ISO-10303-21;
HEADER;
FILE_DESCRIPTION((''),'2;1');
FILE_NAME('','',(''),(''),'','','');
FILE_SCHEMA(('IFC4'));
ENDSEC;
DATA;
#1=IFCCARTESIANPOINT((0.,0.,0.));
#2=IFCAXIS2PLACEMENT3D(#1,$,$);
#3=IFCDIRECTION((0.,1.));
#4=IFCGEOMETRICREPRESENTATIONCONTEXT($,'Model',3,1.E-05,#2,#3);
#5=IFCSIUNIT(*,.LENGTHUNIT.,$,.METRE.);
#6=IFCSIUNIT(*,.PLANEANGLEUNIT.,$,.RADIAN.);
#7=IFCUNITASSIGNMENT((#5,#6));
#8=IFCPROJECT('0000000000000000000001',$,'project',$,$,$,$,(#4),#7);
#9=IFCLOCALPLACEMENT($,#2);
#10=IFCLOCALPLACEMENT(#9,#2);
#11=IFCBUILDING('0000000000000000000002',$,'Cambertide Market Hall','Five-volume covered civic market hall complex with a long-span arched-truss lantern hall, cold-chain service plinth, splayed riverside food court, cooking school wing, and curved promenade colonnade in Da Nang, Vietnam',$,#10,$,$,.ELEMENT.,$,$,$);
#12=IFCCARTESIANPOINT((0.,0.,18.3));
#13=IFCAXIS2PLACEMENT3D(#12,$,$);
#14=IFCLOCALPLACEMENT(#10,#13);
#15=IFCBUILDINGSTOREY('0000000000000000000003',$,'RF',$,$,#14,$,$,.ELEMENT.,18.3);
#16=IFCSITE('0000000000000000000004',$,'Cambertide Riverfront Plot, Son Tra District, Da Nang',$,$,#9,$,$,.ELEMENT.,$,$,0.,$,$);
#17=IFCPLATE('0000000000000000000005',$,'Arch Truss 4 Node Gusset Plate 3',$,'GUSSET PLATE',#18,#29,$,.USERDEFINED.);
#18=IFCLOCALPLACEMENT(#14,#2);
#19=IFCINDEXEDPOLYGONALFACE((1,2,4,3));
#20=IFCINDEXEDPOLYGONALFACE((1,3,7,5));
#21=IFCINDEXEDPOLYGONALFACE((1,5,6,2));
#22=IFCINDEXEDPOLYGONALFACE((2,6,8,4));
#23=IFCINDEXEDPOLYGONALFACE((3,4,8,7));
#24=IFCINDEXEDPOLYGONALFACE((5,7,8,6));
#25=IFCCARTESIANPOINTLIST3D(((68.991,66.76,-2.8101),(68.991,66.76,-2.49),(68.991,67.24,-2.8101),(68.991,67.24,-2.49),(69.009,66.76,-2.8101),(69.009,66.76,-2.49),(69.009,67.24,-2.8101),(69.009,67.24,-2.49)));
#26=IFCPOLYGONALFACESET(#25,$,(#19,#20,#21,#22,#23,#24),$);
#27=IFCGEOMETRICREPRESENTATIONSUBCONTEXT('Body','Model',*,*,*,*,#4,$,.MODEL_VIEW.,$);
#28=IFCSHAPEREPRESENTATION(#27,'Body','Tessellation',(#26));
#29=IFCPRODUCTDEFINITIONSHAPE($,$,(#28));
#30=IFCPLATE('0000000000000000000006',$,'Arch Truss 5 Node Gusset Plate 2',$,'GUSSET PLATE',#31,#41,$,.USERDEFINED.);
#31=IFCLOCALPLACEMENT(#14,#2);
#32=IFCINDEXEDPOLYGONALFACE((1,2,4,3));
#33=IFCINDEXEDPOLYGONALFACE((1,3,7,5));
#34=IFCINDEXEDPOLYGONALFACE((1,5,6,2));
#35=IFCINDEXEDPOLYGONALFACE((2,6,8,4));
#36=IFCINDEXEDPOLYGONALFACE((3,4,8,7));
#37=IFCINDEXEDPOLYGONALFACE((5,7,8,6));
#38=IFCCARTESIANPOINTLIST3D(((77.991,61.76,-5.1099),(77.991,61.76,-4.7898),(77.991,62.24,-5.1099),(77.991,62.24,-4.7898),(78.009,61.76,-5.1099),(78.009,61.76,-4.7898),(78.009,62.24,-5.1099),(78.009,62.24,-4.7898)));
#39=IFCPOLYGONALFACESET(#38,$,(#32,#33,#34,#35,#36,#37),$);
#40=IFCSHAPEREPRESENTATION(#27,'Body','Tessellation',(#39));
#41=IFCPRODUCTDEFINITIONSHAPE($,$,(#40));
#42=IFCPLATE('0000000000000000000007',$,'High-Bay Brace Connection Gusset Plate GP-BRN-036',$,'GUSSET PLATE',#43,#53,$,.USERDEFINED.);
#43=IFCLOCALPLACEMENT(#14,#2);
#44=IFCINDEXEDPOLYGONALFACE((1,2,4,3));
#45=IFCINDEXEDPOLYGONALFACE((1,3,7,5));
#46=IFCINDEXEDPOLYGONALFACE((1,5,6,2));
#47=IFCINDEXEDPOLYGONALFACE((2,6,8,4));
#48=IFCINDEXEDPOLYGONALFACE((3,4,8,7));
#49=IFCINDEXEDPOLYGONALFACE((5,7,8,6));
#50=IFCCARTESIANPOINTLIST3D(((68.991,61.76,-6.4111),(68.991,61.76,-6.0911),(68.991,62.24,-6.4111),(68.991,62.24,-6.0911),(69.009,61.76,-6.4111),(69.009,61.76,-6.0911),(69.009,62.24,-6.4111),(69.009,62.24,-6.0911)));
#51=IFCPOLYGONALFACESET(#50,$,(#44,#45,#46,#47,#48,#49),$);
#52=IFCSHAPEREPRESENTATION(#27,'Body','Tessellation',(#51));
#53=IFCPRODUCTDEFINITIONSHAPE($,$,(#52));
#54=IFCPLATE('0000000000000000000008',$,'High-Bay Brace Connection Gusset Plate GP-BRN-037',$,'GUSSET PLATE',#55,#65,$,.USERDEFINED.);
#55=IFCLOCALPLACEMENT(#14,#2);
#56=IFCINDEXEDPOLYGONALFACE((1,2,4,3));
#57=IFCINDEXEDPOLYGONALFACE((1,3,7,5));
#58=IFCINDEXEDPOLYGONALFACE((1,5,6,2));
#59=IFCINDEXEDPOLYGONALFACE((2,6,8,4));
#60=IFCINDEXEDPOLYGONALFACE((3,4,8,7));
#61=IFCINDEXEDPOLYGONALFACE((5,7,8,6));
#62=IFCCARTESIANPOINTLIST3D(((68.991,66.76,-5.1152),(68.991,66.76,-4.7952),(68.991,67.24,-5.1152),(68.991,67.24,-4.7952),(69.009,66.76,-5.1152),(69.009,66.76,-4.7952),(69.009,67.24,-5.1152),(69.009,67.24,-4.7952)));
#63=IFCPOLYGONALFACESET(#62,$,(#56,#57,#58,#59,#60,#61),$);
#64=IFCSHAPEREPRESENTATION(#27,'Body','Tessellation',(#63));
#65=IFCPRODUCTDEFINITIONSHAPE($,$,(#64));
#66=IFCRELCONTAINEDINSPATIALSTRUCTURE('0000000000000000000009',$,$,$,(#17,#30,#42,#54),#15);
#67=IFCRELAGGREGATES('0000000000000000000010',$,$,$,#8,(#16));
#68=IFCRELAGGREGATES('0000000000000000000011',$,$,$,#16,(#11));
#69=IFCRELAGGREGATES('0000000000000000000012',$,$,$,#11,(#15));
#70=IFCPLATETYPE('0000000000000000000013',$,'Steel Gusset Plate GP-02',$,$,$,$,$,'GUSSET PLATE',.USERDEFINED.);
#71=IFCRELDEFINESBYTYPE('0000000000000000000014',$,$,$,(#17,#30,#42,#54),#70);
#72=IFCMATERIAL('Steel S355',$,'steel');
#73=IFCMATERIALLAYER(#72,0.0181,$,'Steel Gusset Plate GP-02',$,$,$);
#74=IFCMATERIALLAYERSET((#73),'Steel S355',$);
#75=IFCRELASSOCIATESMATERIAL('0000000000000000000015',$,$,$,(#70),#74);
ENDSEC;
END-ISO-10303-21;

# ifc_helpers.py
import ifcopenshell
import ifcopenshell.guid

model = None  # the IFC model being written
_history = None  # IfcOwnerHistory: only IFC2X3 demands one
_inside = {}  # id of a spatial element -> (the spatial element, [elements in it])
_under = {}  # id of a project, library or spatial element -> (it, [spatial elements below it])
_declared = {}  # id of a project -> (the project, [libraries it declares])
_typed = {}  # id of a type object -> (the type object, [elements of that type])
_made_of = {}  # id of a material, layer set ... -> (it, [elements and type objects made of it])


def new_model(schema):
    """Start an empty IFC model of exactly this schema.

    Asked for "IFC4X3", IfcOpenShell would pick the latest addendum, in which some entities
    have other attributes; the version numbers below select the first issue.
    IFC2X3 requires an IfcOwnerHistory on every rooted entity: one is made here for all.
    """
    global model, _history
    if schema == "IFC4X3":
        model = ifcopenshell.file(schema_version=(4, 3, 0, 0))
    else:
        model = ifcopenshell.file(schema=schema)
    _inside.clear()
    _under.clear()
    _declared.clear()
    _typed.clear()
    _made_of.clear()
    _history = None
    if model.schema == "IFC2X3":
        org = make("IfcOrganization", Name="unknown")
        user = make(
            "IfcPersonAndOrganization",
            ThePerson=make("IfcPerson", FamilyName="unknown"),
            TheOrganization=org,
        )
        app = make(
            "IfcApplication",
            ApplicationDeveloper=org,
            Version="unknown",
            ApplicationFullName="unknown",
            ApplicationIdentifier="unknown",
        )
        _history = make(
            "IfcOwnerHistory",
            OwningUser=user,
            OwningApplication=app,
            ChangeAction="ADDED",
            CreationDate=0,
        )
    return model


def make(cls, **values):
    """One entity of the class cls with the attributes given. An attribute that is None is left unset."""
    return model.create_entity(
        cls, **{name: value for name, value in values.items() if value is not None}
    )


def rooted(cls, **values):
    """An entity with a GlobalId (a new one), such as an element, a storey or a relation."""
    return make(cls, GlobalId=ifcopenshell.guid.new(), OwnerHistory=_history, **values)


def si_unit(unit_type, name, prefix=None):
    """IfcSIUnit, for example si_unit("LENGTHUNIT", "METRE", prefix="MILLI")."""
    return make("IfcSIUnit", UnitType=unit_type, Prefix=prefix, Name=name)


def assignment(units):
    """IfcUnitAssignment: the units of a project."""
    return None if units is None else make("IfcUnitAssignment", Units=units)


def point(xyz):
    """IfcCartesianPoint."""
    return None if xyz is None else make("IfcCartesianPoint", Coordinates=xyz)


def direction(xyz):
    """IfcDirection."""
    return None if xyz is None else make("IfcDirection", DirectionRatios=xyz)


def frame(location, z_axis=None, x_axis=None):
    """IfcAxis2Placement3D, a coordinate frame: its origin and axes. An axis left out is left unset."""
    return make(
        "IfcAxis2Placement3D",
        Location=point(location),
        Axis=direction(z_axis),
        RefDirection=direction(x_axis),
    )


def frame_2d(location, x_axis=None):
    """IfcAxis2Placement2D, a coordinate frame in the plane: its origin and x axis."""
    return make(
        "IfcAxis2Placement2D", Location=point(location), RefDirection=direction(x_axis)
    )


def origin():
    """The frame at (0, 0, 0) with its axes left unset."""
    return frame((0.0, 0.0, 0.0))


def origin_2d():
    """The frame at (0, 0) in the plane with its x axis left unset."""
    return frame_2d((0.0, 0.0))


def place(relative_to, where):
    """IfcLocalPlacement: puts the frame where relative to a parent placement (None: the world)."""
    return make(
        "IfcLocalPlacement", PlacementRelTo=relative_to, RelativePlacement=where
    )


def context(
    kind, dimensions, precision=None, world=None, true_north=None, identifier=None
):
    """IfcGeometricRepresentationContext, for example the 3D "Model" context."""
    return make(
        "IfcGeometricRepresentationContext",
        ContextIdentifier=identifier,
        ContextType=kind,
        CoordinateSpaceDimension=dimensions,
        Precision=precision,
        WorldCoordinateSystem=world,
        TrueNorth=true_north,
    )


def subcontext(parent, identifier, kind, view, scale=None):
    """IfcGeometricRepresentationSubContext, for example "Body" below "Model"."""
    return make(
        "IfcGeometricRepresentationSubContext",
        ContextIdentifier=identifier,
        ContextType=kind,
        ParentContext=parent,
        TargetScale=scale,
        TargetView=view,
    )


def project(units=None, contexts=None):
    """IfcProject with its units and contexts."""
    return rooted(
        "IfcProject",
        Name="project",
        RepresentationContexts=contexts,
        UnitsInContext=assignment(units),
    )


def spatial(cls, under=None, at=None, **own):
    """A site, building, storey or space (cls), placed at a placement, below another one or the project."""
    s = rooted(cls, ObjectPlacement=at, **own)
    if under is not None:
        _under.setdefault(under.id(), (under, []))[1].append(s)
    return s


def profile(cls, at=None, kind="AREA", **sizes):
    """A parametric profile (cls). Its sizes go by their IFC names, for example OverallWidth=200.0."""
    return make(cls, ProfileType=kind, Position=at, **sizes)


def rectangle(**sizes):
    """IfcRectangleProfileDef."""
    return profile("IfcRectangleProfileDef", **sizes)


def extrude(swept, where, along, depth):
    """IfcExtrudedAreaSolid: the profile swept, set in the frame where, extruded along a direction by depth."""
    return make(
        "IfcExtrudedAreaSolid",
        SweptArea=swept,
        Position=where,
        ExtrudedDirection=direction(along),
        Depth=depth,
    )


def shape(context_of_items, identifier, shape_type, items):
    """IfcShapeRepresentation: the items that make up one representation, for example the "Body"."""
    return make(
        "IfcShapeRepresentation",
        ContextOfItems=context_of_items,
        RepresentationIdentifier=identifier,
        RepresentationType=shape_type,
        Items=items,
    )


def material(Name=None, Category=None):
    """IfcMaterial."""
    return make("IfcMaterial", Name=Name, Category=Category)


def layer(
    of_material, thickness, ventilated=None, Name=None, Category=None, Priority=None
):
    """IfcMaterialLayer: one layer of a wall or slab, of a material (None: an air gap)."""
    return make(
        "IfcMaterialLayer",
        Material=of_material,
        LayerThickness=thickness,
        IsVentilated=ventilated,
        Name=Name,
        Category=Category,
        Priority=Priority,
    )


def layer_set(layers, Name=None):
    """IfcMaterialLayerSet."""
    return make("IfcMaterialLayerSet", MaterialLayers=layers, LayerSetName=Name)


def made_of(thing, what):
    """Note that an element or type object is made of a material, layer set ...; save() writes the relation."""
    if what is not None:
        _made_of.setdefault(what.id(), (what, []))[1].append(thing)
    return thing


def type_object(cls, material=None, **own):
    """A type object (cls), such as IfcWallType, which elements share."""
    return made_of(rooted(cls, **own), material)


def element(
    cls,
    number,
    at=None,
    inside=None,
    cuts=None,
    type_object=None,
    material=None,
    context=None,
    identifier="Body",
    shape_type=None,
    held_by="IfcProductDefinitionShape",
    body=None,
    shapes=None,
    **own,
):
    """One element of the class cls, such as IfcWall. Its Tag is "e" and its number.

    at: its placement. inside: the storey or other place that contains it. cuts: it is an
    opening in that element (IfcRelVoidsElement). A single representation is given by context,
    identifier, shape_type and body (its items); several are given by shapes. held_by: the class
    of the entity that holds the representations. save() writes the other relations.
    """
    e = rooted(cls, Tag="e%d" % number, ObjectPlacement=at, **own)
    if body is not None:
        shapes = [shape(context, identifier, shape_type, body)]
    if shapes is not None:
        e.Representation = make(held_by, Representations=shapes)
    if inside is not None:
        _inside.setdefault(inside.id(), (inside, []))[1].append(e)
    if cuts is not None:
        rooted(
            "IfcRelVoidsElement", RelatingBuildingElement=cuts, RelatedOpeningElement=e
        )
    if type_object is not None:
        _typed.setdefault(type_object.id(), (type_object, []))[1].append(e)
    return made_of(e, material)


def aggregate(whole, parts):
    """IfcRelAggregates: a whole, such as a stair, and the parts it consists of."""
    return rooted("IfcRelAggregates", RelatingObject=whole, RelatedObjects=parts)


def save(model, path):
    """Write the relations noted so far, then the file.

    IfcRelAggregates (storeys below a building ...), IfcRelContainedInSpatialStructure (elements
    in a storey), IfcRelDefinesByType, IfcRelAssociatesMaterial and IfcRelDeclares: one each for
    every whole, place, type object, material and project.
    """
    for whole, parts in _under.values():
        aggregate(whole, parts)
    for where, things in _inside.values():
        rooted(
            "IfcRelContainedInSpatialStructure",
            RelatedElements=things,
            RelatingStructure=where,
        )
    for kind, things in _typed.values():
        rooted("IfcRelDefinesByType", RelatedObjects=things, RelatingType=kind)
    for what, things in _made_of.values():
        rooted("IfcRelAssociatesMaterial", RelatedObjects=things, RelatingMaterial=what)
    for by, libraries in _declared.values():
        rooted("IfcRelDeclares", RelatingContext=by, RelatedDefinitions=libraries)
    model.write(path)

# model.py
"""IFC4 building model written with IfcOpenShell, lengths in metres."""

from ifc_helpers import new_model, si_unit, direction, frame, origin, origin_2d, place, context, subcontext, project, spatial, rectangle, extrude, material, layer, layer_set, type_object, element, save


model = new_model("IFC4")

# Units and contexts
model_context = context("Model", 3, precision=1e-05, world=origin(), true_north=direction((0.0, 1.0)))
body_context = subcontext(model_context, "Body", "Model", "MODEL_VIEW")
ifc_project = project(units=[si_unit("LENGTHUNIT", "METRE"), si_unit("PLANEANGLEUNIT", "RADIAN")], contexts=[model_context])

# Site, building, storey
site_placement = place(None, origin())
site = spatial("IfcSite", under=ifc_project, at=site_placement, Name="Cambertide Riverfront Plot, Son Tra District, Da Nang", CompositionType="ELEMENT", RefElevation=0.0)
building_placement = place(site_placement, origin())
building = spatial("IfcBuilding", under=site, at=building_placement, Name="Cambertide Market Hall", Description="Five-volume covered civic market hall complex with a long-span arched-truss lantern hall, cold-chain service plinth, splayed riverside food court, cooking school wing, and curved promenade colonnade in Da Nang, Vietnam", CompositionType="ELEMENT")
storey_placement = place(building_placement, frame((0.0, 0.0, 18.3)))
storey = spatial("IfcBuildingStorey", under=building, at=storey_placement, Name="RF", CompositionType="ELEMENT", Elevation=18.3)

# Plates
ifc_material_1 = material(Name="Steel S355", Category="steel")
ifc_layer_1 = layer(ifc_material_1, 0.0181, Name="Steel Gusset Plate GP-02")
ifc_layer_set_1 = layer_set([ifc_layer_1], Name="Steel S355")
plate_type_1 = type_object("IfcPlateType", Name="Steel Gusset Plate GP-02", ElementType="GUSSET PLATE", PredefinedType="USERDEFINED", material=ifc_layer_set_1)
for number, where, z_axis, x_axis, name in (
    (1, (69.0, 67.0, -2.8101), (0.0, 0.0, 1.0), (1.0, 0.0, 0.0), "Arch Truss 4 Node Gusset Plate 3"),
    (2, (78.0, 62.0, -5.1099), (0.0, 0.0, 1.0), (1.0, 0.0, 0.0), "Arch Truss 5 Node Gusset Plate 2"),
):
    element("IfcPlate", number, at=place(storey_placement, frame(where, z_axis=z_axis, x_axis=x_axis)), inside=storey, type_object=plate_type_1, Name=name, ObjectType="GUSSET PLATE", PredefinedType="USERDEFINED", context=body_context, shape_type="SweptSolid", body=[
        extrude(rectangle(XDim=0.0181, YDim=0.48, at=origin_2d()), origin(), (0.0, 0.0, 1.0), 0.3201),
    ])
for number, where, z_axis, x_axis, name in (
    (3, (69.0, 62.0, -6.4111), (0.0, 0.0, 1.0), (0.0, 1.0, 0.0), "High-Bay Brace Connection Gusset Plate GP-BRN-036"),
    (4, (69.0, 67.0, -5.1152), (0.0, 0.0, 1.0), (0.0, 1.0, 0.0), "High-Bay Brace Connection Gusset Plate GP-BRN-037"),
):
    element("IfcPlate", number, at=place(storey_placement, frame(where, z_axis=z_axis, x_axis=x_axis)), inside=storey, type_object=plate_type_1, Name=name, ObjectType="GUSSET PLATE", PredefinedType="USERDEFINED", context=body_context, shape_type="SweptSolid", body=[
        extrude(rectangle(XDim=0.48, YDim=0.0181, at=origin_2d()), origin(), (0.0, 0.0, 1.0), 0.3201),
    ])

save(model, "model.ifc")
